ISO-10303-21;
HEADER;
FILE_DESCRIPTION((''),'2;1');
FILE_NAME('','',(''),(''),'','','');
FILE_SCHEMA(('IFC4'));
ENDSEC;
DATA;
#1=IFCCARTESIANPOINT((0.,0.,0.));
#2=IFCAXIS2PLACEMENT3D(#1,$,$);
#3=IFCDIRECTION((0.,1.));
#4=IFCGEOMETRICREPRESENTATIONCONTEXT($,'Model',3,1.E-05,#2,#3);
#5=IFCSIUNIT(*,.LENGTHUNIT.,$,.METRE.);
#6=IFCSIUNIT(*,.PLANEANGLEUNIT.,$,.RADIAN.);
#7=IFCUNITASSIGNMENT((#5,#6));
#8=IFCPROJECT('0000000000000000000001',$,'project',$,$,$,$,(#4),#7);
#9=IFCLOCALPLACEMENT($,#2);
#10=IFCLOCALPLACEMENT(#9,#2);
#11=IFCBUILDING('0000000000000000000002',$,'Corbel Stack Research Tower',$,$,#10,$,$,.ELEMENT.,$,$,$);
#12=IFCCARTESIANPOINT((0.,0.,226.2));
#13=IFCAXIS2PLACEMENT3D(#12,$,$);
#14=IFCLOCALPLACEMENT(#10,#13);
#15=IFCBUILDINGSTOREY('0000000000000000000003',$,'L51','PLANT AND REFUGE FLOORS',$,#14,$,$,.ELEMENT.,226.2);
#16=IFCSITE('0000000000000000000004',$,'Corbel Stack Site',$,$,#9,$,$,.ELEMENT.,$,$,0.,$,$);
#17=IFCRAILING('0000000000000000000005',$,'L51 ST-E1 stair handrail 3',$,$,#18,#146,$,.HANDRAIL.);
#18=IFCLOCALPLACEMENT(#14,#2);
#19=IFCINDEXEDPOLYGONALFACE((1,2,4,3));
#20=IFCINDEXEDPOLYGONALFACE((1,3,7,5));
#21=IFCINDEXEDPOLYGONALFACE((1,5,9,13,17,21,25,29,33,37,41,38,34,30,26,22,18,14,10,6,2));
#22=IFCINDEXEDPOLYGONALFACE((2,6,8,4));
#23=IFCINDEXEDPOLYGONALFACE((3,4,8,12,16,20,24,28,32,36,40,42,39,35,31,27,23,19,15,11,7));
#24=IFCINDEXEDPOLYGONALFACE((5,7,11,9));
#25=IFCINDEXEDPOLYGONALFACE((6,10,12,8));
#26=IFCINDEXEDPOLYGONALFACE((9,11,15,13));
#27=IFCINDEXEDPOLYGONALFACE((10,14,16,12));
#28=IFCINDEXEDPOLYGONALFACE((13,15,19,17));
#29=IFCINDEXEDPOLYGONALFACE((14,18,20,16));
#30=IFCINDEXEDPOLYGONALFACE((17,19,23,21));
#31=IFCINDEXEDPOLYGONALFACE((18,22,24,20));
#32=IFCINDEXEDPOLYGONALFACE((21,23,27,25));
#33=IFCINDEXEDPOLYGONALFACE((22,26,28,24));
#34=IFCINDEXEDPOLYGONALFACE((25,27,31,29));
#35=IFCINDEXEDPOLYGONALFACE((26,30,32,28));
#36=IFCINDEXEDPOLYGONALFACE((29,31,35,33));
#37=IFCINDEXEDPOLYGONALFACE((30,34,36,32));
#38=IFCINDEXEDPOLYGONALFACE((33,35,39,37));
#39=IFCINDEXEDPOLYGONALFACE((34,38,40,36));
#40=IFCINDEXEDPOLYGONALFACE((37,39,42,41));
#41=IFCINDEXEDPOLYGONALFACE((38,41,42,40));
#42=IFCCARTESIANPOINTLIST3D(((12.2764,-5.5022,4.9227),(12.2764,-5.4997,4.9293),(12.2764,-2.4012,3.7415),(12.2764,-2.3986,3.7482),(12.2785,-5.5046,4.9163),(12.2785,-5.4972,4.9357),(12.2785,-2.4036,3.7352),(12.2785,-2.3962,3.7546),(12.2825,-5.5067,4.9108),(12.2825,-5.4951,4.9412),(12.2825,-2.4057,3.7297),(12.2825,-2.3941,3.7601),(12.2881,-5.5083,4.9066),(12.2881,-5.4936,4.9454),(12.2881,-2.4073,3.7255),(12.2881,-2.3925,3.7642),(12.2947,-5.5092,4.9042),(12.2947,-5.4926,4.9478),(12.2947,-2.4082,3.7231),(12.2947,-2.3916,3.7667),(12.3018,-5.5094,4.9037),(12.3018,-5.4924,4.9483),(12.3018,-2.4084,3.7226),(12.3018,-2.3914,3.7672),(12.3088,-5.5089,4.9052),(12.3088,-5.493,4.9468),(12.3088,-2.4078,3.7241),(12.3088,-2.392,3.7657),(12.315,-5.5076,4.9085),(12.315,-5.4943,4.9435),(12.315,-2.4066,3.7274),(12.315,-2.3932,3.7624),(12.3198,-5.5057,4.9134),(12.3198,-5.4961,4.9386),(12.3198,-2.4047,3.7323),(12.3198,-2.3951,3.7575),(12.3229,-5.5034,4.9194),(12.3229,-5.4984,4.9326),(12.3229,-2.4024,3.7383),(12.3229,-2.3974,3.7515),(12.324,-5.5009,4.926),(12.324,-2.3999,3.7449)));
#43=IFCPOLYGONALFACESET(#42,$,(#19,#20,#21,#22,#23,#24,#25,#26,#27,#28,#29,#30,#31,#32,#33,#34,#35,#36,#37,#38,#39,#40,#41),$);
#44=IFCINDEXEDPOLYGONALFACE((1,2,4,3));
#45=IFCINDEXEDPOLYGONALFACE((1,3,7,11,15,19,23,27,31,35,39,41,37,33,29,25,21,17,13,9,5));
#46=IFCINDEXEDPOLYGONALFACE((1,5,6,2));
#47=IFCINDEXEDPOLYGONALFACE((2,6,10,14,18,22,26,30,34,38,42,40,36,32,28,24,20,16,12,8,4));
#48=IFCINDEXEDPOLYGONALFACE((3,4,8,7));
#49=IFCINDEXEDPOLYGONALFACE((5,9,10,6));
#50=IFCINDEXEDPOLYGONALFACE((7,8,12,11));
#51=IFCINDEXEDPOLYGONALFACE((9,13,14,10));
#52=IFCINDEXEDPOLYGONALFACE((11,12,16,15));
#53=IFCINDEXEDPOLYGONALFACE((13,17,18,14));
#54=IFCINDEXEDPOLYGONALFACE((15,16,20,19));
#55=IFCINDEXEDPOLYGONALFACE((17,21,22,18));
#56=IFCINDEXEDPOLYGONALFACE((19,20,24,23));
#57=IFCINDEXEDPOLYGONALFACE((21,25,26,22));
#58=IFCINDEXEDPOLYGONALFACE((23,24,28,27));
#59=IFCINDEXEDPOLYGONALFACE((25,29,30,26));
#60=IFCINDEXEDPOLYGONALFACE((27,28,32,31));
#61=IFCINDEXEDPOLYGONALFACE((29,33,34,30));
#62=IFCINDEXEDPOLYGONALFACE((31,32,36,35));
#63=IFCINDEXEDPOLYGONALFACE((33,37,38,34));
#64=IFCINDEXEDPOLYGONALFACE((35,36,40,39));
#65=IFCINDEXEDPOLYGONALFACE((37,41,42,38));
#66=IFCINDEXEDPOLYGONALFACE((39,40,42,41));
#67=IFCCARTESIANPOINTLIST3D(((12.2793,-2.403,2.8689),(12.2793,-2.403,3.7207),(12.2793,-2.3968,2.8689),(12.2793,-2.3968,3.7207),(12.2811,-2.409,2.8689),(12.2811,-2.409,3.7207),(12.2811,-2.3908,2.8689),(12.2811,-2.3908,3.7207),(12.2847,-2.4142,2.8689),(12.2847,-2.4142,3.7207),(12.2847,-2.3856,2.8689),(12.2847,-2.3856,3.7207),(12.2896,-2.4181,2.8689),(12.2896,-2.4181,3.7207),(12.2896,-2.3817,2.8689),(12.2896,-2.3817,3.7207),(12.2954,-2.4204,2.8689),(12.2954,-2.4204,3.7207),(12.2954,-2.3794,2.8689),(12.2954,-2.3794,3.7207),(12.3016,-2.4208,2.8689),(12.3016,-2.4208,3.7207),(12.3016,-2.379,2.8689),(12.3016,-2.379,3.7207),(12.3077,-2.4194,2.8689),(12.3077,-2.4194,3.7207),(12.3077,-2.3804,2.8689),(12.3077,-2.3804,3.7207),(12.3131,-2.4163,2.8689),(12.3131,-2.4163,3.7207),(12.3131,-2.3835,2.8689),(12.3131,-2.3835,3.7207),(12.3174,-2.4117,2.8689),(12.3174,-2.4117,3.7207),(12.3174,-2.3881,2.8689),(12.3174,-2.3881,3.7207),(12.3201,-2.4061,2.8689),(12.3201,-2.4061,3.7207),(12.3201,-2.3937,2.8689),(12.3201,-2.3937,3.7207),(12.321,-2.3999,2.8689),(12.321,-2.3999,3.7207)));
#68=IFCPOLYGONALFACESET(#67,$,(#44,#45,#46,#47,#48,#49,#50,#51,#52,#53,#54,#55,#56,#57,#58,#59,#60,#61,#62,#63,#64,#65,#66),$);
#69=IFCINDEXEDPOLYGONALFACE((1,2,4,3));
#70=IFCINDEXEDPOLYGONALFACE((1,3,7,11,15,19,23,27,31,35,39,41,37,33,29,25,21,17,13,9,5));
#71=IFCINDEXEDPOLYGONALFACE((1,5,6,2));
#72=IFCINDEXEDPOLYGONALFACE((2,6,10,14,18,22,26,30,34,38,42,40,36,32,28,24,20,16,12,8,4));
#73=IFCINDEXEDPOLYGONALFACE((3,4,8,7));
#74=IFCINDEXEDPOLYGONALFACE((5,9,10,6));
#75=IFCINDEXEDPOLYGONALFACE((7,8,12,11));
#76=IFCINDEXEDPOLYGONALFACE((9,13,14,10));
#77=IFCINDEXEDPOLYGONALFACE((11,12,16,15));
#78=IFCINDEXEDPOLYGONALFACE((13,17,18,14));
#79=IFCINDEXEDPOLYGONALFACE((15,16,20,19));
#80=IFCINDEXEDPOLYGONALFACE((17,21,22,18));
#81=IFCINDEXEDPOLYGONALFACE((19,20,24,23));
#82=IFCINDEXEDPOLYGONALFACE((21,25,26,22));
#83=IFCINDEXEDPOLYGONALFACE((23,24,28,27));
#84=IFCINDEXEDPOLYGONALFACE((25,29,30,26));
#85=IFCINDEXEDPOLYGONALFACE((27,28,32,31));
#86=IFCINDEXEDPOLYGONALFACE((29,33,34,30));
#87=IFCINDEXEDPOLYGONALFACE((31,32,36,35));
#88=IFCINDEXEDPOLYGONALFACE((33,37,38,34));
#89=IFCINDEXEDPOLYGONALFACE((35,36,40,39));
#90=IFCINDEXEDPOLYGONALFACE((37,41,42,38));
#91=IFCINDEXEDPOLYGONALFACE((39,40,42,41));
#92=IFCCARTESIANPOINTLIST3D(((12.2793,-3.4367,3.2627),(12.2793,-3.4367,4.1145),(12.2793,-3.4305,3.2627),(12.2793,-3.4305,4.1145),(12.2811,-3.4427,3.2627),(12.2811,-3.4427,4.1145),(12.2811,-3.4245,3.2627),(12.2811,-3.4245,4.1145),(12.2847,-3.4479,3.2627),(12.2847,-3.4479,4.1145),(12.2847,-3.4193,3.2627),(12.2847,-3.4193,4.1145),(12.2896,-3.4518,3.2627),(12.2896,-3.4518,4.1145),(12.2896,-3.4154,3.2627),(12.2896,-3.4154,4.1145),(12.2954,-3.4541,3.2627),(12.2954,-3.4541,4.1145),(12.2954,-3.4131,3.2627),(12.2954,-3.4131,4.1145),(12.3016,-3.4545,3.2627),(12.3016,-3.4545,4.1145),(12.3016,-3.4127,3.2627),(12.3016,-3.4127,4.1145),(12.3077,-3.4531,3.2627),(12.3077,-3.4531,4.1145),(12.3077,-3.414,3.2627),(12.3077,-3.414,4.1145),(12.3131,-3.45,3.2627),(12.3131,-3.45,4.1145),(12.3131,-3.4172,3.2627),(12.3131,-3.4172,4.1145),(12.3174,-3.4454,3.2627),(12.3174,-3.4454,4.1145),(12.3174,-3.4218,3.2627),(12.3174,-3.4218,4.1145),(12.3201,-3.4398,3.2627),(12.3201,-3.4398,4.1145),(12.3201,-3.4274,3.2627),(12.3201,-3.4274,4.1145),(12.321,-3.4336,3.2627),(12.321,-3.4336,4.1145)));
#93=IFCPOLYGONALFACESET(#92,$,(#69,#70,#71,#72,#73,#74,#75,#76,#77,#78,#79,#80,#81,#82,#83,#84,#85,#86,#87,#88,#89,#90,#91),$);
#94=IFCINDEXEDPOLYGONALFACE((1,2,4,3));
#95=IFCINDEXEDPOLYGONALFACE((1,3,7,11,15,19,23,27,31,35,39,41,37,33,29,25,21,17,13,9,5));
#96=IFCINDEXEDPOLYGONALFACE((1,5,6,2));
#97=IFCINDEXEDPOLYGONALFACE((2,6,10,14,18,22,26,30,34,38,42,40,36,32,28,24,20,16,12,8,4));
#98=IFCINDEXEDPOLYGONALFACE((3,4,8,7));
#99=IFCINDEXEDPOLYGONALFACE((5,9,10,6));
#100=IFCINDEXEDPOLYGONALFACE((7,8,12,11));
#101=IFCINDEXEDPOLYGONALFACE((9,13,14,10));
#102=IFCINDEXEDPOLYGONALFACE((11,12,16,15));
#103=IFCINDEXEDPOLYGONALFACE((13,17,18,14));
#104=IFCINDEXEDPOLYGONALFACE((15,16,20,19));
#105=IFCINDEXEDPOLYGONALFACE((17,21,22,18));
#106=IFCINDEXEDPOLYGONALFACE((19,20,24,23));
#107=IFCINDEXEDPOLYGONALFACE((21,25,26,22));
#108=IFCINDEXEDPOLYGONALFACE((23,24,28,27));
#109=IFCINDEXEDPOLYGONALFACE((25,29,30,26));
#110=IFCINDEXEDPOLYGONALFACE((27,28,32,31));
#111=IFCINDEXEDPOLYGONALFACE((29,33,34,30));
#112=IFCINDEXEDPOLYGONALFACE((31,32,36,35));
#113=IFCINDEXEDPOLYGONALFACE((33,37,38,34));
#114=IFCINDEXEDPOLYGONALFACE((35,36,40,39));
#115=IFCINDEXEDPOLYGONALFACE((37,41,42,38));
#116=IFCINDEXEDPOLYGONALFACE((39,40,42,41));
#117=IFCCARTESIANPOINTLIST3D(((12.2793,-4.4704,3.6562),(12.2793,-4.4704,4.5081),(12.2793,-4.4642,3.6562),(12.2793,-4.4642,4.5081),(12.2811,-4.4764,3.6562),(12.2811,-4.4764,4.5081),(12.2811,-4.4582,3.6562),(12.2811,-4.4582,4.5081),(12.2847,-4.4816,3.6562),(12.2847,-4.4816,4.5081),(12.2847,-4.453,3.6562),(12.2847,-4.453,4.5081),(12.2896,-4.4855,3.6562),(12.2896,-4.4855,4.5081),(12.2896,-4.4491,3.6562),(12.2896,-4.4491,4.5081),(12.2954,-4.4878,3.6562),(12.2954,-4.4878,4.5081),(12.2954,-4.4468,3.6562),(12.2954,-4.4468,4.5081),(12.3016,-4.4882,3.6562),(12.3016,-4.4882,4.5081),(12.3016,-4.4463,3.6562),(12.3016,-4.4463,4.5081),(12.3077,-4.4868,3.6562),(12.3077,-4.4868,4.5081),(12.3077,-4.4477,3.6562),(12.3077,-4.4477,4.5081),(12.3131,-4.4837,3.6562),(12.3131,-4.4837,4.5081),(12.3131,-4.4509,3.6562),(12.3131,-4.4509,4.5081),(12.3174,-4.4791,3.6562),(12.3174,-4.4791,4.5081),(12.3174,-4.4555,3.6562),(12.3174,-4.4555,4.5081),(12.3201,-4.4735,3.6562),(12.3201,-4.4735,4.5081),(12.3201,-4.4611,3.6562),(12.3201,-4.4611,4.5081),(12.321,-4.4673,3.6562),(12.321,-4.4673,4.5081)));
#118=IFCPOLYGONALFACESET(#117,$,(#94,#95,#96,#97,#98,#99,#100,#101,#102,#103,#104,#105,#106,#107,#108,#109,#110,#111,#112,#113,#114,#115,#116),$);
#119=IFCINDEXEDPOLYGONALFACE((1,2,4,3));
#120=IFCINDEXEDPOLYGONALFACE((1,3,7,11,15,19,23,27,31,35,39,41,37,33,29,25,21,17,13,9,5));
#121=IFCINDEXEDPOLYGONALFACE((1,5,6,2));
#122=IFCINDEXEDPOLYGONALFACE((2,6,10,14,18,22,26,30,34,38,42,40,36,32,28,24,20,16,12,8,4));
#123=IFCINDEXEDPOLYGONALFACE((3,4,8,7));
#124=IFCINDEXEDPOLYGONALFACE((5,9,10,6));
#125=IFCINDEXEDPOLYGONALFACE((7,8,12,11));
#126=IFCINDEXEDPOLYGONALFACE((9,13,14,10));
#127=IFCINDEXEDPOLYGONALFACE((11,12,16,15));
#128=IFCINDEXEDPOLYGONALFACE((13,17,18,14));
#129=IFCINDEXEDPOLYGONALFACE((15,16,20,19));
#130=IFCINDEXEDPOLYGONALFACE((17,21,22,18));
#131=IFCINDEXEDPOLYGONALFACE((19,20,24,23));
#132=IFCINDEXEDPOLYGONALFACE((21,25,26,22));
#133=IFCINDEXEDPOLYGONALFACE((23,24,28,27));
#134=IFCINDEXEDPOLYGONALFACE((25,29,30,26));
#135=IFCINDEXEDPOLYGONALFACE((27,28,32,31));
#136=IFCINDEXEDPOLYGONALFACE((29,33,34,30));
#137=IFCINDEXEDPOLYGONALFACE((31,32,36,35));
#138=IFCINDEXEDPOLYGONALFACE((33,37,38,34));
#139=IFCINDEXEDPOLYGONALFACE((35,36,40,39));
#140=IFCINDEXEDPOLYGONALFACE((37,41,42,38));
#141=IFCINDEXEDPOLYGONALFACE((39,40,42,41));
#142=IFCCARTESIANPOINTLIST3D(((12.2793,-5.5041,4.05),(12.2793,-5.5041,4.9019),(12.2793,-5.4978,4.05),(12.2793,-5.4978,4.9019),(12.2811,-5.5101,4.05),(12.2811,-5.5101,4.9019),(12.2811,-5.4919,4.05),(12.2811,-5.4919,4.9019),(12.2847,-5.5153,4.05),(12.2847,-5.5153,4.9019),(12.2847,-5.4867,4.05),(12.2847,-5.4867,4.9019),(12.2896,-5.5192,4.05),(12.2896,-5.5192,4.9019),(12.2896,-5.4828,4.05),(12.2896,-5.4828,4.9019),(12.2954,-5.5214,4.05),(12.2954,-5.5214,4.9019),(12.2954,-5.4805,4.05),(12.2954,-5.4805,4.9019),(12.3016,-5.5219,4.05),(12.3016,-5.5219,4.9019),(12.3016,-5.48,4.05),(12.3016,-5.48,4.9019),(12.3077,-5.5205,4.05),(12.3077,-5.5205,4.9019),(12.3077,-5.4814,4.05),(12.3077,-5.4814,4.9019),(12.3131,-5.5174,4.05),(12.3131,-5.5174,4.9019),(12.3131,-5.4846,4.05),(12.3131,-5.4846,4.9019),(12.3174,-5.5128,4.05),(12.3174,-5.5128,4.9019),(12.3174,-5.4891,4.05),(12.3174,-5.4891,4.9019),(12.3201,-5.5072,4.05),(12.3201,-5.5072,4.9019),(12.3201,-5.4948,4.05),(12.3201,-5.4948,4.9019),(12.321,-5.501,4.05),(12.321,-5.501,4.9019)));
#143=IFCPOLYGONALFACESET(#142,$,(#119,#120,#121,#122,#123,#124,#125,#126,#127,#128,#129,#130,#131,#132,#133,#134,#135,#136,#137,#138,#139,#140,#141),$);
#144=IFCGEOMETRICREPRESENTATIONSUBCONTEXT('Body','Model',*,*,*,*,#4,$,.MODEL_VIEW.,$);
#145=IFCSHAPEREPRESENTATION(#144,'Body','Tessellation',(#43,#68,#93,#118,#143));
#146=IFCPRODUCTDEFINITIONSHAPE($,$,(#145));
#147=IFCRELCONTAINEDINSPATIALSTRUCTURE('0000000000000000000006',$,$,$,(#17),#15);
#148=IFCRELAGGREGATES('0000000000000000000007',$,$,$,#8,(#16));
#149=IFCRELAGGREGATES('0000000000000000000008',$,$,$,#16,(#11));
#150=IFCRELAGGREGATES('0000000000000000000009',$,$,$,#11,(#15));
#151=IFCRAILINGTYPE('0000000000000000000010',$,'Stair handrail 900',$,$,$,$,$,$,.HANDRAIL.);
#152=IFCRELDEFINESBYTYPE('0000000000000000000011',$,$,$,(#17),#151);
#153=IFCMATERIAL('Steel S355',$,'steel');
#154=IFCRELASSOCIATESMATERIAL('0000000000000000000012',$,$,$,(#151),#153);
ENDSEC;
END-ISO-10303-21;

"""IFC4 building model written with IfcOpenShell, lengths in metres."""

from ifc_helpers import new_model, si_unit, direction, frame, origin, origin_2d, place, context, subcontext, project, spatial, circle, extrude, material, type_object, element, save


model = new_model("IFC4")

# Units and contexts
model_context = context("Model", 3, precision=1e-05, world=origin(), true_north=direction((0.0, 1.0)))
body_context = subcontext(model_context, "Body", "Model", "MODEL_VIEW")
ifc_project = project(units=[si_unit("LENGTHUNIT", "METRE"), si_unit("PLANEANGLEUNIT", "RADIAN")], contexts=[model_context])

# Site, building, storey
site_placement = place(None, origin())
site = spatial("IfcSite", under=ifc_project, at=site_placement, Name="Corbel Stack Site", CompositionType="ELEMENT", RefElevation=0.0)
building_placement = place(site_placement, origin())
building = spatial("IfcBuilding", under=site, at=building_placement, Name="Corbel Stack Research Tower", CompositionType="ELEMENT")
storey_placement = place(building_placement, frame((0.0, 0.0, 226.2)))
storey = spatial("IfcBuildingStorey", under=building, at=storey_placement, Name="L51", Description="PLANT AND REFUGE FLOORS", CompositionType="ELEMENT", Elevation=226.2)

# Railing
ifc_material_1 = material(Name="Steel S355", Category="steel")
railing_type_1 = type_object("IfcRailingType", Name="Stair handrail 900", PredefinedType="HANDRAIL", material=ifc_material_1)
railing_1_placement = place(storey_placement, frame((12.3, -2.3999, 2.8689)))
element("IfcRailing", 1, at=railing_1_placement, inside=storey, type_object=railing_type_1, Name="L51 ST-E1 stair handrail 3", PredefinedType="HANDRAIL", context=body_context, shape_type="SweptSolid", body=[
    extrude(circle(Radius=0.0239, at=origin_2d()), frame((0.0, 0.0, 0.876), z_axis=(0.0, -0.934509, 0.35594), x_axis=(1.0, 0.0, 0.0)), (0.0, 0.0, 1.0), 3.3184),
    extrude(circle(Radius=0.021, at=origin_2d()), origin(), (0.0, 0.0, 1.0), 0.8518),
    extrude(circle(Radius=0.021, at=origin_2d()), frame((0.0, -1.0337, 0.3938)), (0.0, 0.0, 1.0), 0.8518),
    extrude(circle(Radius=0.021, at=origin_2d()), frame((0.0, -2.0674, 0.7874)), (0.0, 0.0, 1.0), 0.8518),
    extrude(circle(Radius=0.021, at=origin_2d()), frame((0.0, -3.1011, 1.1812)), (0.0, 0.0, 1.0), 0.8518),
])

save(model, "model.ifc")
